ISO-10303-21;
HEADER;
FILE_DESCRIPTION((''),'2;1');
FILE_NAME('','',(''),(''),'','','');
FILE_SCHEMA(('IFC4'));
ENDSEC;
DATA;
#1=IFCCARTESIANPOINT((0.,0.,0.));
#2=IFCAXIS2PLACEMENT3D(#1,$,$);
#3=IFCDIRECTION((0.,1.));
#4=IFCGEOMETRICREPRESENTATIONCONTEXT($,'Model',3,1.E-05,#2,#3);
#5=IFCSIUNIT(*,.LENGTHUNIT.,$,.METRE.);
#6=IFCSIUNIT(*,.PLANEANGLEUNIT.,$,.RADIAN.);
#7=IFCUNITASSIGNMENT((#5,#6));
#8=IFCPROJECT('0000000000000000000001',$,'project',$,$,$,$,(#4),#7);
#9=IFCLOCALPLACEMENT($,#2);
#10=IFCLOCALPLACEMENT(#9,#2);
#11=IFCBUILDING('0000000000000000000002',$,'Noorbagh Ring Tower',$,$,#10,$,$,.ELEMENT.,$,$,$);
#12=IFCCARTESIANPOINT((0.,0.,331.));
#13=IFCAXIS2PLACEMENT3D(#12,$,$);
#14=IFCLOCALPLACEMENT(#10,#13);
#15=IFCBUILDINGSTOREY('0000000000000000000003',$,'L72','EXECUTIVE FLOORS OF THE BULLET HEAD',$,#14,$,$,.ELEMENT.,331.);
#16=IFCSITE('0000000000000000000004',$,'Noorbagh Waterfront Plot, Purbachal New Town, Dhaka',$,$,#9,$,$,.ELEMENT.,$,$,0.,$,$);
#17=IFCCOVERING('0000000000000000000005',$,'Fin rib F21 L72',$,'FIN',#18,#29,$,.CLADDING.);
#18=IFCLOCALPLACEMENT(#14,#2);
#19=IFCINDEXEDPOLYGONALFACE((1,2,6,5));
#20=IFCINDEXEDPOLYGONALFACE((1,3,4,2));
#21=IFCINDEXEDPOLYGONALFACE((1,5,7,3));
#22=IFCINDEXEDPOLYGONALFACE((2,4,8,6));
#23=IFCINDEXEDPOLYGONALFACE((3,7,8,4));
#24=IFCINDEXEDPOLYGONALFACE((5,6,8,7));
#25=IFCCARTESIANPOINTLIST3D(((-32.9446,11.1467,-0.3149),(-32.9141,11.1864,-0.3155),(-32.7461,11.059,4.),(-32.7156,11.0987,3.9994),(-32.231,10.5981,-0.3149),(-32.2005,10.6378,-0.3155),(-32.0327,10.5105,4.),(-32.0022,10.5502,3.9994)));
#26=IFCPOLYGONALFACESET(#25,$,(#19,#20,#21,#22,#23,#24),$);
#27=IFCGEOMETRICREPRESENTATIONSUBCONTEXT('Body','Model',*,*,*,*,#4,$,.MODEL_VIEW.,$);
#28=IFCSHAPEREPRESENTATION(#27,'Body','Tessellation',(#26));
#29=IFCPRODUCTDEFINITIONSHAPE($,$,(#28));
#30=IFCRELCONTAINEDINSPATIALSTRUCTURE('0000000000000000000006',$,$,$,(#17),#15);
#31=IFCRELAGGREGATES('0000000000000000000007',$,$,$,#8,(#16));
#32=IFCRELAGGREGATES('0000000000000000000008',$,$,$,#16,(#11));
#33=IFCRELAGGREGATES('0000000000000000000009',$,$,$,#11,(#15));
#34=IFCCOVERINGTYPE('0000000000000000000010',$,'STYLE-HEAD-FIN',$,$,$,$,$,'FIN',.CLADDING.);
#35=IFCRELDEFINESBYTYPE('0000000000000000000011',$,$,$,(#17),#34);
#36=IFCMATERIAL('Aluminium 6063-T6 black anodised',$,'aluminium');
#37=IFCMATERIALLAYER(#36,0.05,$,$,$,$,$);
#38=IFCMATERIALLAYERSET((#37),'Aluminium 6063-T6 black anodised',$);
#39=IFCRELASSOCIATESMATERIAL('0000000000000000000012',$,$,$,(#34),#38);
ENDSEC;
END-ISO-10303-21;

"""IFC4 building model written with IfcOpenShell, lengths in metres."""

from ifc_helpers import new_model, si_unit, direction, frame, origin, place, context, subcontext, project, spatial, polyline, outline, extrude, material, layer, layer_set, type_object, element, save


model = new_model("IFC4")

# Units and contexts
model_context = context("Model", 3, precision=1e-05, world=origin(), true_north=direction((0.0, 1.0)))
body_context = subcontext(model_context, "Body", "Model", "MODEL_VIEW")
ifc_project = project(units=[si_unit("LENGTHUNIT", "METRE"), si_unit("PLANEANGLEUNIT", "RADIAN")], contexts=[model_context])

# Site, building, storey
site_placement = place(None, origin())
site = spatial("IfcSite", under=ifc_project, at=site_placement, Name="Noorbagh Waterfront Plot, Purbachal New Town, Dhaka", CompositionType="ELEMENT", RefElevation=0.0)
building_placement = place(site_placement, origin())
building = spatial("IfcBuilding", under=site, at=building_placement, Name="Noorbagh Ring Tower", CompositionType="ELEMENT")
storey_placement = place(building_placement, frame((0.0, 0.0, 331.0)))
storey = spatial("IfcBuildingStorey", under=building, at=storey_placement, Name="L72", Description="EXECUTIVE FLOORS OF THE BULLET HEAD", CompositionType="ELEMENT", Elevation=331.0)

# Covering
ifc_material_1 = material(Name="Aluminium 6063-T6 black anodised", Category="aluminium")
ifc_layer_1 = layer(ifc_material_1, 0.05)
ifc_layer_set_1 = layer_set([ifc_layer_1], Name="Aluminium 6063-T6 black anodised")
covering_type_1 = type_object("IfcCoveringType", Name="STYLE-HEAD-FIN", ElementType="FIN", PredefinedType="CLADDING", material=ifc_layer_set_1)
covering_1_placement = place(storey_placement, frame((-32.9446, 11.1467, -0.3149), z_axis=(-0.609484, -0.792709, 0.011917), x_axis=(0.045931, -0.0203, 0.998738)))
element("IfcCovering", 1, at=covering_1_placement, inside=storey, type_object=covering_type_1, Name="Fin rib F21 L72", ObjectType="FIN", PredefinedType="CLADDING", context=body_context, shape_type="SweptSolid", body=[
    extrude(outline(polyline([(0.0, 0.0), (4.3204, 0.0), (4.3643, -0.8988), (0.0439, -0.899), (0.0, 0.0)])), origin(), (0.0, 0.0, -1.0), 0.05),
])

save(model, "model.ifc")
